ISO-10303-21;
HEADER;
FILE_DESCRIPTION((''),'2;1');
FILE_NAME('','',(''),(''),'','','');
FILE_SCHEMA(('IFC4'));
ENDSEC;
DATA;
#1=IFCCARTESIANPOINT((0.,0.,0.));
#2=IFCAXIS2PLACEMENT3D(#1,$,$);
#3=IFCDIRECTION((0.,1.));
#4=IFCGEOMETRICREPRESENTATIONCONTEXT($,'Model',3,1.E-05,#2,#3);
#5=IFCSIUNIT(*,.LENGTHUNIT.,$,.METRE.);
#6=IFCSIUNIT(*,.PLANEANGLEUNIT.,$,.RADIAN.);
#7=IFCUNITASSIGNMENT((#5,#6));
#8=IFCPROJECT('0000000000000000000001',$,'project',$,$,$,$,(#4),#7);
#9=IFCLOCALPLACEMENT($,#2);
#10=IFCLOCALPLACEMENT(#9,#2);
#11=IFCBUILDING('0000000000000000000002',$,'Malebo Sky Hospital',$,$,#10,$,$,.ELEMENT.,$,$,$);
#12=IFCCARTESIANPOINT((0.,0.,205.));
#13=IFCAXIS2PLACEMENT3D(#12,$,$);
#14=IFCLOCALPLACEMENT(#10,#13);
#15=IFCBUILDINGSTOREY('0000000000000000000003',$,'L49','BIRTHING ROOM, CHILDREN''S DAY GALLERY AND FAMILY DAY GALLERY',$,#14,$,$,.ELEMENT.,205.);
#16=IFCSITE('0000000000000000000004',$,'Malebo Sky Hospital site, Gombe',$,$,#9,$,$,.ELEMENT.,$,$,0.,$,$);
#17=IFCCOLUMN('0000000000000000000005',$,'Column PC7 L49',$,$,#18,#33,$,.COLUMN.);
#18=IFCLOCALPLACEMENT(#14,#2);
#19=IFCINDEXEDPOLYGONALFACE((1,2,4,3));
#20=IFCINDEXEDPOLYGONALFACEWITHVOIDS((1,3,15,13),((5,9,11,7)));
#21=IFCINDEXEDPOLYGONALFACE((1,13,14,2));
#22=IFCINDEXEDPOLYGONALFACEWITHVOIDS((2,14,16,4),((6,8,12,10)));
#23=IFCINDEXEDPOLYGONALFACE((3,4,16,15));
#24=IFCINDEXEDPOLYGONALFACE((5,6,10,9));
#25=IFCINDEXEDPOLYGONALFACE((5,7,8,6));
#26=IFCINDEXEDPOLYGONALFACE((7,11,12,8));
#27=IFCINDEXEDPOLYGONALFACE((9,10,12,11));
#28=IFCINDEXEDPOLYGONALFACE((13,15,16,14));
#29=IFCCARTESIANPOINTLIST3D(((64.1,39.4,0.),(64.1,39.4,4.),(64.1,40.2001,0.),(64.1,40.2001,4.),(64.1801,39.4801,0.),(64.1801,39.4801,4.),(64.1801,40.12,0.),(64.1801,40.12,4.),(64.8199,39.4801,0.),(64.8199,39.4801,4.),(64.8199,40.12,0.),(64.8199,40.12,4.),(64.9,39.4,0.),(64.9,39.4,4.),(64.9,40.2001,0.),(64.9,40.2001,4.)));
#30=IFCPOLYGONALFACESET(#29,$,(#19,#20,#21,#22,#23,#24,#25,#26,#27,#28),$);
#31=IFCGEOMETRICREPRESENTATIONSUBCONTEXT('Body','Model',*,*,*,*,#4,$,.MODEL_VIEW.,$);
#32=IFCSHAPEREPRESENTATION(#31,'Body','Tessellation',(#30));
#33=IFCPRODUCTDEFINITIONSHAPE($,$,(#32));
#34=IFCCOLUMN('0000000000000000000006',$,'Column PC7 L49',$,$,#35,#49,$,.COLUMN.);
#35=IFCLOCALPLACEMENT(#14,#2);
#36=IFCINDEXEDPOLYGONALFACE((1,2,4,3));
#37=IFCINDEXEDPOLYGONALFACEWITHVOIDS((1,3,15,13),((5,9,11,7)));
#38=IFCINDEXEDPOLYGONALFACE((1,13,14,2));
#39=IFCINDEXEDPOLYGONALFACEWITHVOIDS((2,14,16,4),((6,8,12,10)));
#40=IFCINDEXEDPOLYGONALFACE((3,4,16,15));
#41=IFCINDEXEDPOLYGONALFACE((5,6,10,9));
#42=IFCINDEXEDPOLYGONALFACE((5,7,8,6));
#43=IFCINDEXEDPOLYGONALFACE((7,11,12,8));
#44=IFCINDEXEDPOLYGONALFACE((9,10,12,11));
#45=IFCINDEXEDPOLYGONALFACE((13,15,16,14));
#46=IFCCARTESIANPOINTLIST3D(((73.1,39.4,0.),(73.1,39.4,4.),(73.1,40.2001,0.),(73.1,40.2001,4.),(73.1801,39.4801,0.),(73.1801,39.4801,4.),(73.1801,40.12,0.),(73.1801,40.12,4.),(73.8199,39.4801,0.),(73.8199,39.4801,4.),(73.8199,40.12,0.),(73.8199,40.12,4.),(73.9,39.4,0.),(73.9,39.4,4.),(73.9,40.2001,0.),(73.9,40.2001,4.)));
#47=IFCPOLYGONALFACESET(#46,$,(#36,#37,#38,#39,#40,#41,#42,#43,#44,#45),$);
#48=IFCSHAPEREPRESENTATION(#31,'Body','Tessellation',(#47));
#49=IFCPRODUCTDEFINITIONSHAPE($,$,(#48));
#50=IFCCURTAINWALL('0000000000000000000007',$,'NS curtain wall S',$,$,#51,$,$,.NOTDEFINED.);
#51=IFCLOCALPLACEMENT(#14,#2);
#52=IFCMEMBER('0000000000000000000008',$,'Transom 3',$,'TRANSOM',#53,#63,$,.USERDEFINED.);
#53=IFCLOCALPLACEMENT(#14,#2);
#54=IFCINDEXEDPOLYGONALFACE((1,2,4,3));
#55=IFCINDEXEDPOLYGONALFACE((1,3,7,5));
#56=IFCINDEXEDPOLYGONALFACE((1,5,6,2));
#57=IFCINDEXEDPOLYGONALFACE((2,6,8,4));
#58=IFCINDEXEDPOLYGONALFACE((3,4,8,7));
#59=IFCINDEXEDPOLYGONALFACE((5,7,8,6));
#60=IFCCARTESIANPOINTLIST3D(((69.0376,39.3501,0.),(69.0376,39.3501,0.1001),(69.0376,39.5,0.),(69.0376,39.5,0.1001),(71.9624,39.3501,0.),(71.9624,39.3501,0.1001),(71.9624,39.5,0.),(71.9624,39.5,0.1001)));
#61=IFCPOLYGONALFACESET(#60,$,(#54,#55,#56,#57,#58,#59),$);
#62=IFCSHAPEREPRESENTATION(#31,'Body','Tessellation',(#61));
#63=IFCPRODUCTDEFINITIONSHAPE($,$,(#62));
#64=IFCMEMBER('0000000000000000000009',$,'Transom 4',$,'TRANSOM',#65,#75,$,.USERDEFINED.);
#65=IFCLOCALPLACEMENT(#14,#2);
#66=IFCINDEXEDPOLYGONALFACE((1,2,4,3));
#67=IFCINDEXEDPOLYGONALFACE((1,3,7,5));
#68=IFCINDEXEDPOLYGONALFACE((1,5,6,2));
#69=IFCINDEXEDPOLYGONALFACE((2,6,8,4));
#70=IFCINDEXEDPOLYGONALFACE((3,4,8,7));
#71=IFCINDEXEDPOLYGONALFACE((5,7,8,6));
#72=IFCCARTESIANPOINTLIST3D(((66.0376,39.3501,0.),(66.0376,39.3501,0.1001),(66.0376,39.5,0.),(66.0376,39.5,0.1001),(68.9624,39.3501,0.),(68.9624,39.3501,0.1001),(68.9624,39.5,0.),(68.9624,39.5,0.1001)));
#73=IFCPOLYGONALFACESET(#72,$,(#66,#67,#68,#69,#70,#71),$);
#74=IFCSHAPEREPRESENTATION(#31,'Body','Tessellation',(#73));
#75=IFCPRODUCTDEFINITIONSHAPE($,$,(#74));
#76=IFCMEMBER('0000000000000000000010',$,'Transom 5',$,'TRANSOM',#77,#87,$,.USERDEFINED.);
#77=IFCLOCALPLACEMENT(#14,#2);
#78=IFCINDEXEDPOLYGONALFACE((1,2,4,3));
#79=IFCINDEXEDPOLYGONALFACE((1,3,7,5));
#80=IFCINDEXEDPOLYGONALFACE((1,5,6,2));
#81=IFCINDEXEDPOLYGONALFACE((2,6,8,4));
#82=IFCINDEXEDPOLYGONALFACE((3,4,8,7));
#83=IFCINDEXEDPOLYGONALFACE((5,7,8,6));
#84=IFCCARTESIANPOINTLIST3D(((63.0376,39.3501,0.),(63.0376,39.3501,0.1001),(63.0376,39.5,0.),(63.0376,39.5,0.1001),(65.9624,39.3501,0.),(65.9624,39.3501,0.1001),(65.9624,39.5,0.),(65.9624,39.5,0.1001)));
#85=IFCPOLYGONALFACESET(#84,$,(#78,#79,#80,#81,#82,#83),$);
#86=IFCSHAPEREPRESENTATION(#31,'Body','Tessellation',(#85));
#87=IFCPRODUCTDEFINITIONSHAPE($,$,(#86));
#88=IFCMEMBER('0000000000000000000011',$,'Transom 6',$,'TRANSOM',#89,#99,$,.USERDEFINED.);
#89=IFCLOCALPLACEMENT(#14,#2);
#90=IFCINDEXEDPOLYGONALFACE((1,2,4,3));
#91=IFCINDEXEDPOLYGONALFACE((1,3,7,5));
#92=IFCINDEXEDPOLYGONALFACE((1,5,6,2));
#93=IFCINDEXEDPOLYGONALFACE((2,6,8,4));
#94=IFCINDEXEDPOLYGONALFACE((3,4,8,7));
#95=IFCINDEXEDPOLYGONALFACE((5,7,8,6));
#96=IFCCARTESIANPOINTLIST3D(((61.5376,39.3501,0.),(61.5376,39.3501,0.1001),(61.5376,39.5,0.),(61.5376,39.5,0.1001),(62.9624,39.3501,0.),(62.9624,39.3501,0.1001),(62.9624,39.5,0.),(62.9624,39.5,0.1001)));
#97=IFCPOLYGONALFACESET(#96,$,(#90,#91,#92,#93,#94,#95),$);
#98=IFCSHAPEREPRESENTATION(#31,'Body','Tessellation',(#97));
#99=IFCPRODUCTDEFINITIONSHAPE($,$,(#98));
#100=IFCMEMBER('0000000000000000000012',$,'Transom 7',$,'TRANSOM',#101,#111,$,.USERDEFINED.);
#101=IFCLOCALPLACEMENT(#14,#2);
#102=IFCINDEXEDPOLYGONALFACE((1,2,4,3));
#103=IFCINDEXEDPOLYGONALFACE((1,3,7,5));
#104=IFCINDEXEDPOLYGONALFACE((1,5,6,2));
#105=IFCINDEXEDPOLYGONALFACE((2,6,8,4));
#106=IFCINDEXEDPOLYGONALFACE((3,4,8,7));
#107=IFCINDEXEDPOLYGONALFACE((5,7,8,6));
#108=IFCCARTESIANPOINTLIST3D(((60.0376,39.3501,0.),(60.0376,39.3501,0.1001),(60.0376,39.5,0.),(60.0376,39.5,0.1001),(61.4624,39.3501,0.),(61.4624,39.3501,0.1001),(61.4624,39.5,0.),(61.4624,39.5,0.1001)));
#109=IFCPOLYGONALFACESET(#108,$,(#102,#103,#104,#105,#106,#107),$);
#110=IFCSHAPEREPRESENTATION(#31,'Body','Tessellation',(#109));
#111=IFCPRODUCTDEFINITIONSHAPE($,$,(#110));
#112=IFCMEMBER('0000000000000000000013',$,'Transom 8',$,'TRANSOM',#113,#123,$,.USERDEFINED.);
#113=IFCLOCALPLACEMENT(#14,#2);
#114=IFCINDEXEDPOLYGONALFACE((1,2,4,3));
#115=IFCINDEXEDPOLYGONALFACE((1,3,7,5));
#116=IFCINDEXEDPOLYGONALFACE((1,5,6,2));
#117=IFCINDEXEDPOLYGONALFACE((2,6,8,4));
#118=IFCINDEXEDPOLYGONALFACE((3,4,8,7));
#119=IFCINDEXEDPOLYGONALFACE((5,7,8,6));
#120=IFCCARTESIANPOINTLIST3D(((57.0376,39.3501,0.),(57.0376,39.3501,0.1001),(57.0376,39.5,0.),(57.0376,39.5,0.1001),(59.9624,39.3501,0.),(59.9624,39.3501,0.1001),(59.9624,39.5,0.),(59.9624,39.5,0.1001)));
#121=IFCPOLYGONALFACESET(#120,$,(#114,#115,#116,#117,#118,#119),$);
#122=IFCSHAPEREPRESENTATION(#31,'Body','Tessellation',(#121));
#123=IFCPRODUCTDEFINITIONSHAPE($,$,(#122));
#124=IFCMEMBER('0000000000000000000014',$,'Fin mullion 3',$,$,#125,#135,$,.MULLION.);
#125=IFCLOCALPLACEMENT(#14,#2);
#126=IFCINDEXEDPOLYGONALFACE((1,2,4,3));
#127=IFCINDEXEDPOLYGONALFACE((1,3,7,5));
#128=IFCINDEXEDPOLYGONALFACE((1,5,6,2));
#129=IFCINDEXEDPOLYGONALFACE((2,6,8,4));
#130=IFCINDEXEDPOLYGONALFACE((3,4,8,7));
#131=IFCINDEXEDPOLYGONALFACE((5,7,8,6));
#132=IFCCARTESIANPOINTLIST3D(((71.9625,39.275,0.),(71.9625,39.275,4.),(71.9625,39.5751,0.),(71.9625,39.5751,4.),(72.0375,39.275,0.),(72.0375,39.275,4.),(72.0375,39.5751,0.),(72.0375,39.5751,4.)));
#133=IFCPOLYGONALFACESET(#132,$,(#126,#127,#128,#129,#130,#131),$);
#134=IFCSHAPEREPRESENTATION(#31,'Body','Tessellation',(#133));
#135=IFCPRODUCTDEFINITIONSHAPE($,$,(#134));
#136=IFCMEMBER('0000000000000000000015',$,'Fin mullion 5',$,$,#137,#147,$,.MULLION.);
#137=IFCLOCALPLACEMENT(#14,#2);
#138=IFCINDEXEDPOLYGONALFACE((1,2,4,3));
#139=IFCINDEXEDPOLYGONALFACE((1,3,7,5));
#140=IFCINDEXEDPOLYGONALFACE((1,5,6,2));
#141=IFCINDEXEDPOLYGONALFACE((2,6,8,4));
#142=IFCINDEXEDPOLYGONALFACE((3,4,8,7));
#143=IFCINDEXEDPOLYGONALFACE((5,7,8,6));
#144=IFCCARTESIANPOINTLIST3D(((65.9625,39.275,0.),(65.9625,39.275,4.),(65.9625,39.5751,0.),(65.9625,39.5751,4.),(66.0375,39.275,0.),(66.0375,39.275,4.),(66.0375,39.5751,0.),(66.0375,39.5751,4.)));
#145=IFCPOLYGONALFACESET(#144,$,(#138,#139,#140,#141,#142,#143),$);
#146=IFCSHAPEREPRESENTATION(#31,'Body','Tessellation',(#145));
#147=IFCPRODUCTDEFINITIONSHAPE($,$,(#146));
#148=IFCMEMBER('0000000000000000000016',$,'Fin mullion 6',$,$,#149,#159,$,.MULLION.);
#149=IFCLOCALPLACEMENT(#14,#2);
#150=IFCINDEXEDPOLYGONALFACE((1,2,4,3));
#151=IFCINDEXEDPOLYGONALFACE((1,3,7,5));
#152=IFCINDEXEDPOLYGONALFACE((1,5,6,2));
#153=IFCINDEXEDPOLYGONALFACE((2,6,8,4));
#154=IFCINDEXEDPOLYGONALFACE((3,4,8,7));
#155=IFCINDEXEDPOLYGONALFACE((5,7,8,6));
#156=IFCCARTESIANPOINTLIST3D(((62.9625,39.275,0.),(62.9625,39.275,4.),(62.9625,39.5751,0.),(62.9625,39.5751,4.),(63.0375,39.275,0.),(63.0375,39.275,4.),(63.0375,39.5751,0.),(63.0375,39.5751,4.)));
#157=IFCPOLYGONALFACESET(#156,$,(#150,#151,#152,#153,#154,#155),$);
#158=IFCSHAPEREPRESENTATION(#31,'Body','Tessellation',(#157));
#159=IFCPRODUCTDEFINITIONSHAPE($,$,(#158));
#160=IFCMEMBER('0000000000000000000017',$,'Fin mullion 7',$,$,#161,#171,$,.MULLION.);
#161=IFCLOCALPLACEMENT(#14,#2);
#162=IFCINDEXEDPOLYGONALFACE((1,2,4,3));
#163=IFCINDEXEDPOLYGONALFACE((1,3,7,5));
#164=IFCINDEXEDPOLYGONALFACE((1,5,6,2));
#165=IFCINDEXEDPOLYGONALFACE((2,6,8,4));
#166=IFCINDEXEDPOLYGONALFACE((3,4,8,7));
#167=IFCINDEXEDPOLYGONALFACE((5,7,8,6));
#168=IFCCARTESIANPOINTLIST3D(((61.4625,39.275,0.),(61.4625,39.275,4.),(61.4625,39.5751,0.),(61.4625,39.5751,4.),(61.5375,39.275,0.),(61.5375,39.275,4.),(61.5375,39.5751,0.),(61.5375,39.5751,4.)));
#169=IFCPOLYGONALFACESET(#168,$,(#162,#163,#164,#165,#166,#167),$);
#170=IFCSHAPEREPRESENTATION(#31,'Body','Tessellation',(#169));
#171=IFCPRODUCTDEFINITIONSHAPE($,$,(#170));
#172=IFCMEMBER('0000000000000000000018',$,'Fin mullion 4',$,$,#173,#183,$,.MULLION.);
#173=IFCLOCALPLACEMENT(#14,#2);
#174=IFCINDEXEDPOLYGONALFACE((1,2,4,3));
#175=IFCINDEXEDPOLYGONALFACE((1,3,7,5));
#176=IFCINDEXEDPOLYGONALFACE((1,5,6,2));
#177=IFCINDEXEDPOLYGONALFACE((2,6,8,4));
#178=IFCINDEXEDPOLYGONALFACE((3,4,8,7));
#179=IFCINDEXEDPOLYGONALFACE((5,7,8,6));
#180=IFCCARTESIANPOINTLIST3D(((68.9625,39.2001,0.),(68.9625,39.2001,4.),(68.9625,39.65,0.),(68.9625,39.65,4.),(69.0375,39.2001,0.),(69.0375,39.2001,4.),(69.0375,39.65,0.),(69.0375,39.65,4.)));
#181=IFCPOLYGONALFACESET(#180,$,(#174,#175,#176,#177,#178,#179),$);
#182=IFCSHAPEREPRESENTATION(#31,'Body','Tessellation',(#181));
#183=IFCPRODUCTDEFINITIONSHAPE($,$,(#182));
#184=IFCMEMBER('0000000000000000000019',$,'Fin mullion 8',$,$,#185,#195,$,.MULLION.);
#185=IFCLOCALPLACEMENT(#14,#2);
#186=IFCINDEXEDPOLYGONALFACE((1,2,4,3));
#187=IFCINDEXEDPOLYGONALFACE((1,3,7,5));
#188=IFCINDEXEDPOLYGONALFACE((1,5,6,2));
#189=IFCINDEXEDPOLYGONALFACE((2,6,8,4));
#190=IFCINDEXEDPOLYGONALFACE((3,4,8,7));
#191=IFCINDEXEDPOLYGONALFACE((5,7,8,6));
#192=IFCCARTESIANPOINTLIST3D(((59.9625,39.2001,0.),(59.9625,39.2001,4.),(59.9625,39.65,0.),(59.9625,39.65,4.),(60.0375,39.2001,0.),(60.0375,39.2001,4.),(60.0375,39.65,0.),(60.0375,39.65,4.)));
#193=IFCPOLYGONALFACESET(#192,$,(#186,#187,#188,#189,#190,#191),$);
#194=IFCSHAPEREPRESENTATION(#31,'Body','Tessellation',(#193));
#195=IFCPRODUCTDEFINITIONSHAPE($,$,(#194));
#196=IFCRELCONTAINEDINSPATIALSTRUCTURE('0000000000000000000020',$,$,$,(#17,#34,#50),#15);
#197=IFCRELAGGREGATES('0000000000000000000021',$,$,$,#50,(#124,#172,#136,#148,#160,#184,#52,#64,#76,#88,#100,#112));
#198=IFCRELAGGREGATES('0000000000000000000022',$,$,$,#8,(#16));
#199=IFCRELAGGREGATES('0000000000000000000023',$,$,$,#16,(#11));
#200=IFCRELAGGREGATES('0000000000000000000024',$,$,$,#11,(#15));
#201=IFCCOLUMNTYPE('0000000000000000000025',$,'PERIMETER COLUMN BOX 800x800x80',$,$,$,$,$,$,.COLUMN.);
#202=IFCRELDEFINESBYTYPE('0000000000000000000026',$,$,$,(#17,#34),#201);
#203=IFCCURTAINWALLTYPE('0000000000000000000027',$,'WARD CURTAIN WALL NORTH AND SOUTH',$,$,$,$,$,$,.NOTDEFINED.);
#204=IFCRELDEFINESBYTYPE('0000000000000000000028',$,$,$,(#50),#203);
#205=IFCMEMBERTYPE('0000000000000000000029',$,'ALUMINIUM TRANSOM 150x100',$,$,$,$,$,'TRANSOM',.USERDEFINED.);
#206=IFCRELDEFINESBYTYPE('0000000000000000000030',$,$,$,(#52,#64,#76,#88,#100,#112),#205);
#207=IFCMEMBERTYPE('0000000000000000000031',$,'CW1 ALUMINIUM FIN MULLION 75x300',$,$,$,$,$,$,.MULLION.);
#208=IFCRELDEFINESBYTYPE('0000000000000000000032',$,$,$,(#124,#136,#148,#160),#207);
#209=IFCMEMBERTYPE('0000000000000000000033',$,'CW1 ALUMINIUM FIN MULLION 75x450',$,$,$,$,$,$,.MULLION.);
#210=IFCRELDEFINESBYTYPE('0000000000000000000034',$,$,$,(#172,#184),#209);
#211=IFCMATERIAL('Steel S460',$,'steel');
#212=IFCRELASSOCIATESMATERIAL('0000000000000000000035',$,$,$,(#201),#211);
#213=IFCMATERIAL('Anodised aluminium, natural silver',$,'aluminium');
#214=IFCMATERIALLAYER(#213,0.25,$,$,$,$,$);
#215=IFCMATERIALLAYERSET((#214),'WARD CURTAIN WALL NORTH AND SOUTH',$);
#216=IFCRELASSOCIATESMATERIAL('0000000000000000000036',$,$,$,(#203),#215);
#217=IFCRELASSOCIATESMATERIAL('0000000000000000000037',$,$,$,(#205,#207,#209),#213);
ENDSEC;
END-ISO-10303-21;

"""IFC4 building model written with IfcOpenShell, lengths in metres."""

from ifc_helpers import new_model, si_unit, direction, frame, origin, origin_2d, place, context, subcontext, project, spatial, rectangle, hollow_rectangle, extrude, material, layer, layer_set, material_profile, profile_set, type_object, element, aggregate, save


model = new_model("IFC4")

# Units and contexts
model_context = context("Model", 3, precision=1e-05, world=origin(), true_north=direction((0.0, 1.0)))
body_context = subcontext(model_context, "Body", "Model", "MODEL_VIEW")
ifc_project = project(units=[si_unit("LENGTHUNIT", "METRE"), si_unit("PLANEANGLEUNIT", "RADIAN")], contexts=[model_context])

# Site, building, storey
site_placement = place(None, origin())
site = spatial("IfcSite", under=ifc_project, at=site_placement, Name="Malebo Sky Hospital site, Gombe", CompositionType="ELEMENT", RefElevation=0.0)
building_placement = place(site_placement, origin())
building = spatial("IfcBuilding", under=site, at=building_placement, Name="Malebo Sky Hospital", CompositionType="ELEMENT")
storey_placement = place(building_placement, frame((0.0, 0.0, 205.0)))
storey = spatial("IfcBuildingStorey", under=building, at=storey_placement, Name="L49", Description="BIRTHING ROOM, CHILDREN'S DAY GALLERY AND FAMILY DAY GALLERY", CompositionType="ELEMENT", Elevation=205.0)

# Columns
ifc_material_1 = material(Name="Steel S460", Category="steel")
ifc_material_profile_1 = material_profile(ifc_material_1, hollow_rectangle(XDim=0.8, YDim=0.8, WallThickness=0.0801, at=origin_2d()), Name="BOX 800x800x80")
ifc_profile_set_1 = profile_set([ifc_material_profile_1], Name="Steel S460")
column_type = type_object("IfcColumnType", Name="PERIMETER COLUMN BOX 800x800x80", PredefinedType="COLUMN", material=ifc_profile_set_1)
for number, where, z_axis, x_axis, name in (
    (1, (64.5, 39.8, 0.0), (0.0, 0.0, 1.0), (1.0, 0.0, 0.0), "Column PC7 L49"),
    (2, (73.5, 39.8, 0.0), (0.0, 0.0, 1.0), (1.0, 0.0, 0.0), "Column PC7 L49"),
):
    element("IfcColumn", number, at=place(storey_placement, frame(where, z_axis=z_axis, x_axis=x_axis)), inside=storey, type_object=column_type, Name=name, PredefinedType="COLUMN", context=body_context, shape_type="SweptSolid", body=[
        extrude(hollow_rectangle(XDim=0.8, YDim=0.8, WallThickness=0.0801, at=origin_2d()), origin(), (0.0, 0.0, 1.0), 4.0),
    ])

# Curtain wall, members
ifc_material_2 = material(Name="Anodised aluminium, natural silver", Category="aluminium")
ifc_layer_1 = layer(ifc_material_2, 0.25)
ifc_layer_set_1 = layer_set([ifc_layer_1], Name="WARD CURTAIN WALL NORTH AND SOUTH")
curtain_wall_type = type_object("IfcCurtainWallType", Name="WARD CURTAIN WALL NORTH AND SOUTH", PredefinedType="NOTDEFINED", material=ifc_layer_set_1)
curtain_wall_placement = place(storey_placement, origin())
curtain_wall = element("IfcCurtainWall", 3, at=curtain_wall_placement, inside=storey, type_object=curtain_wall_type, Name="NS curtain wall S", PredefinedType="NOTDEFINED")
ifc_material_profile_2 = material_profile(ifc_material_2, rectangle(XDim=0.1499, YDim=0.1001, at=origin_2d()), Name="ALUMINIUM TRANSOM 150x100")
ifc_profile_set_2 = profile_set([ifc_material_profile_2], Name="Anodised aluminium, natural silver")
member_type_1 = type_object("IfcMemberType", Name="ALUMINIUM TRANSOM 150x100", ElementType="TRANSOM", PredefinedType="USERDEFINED", material=ifc_profile_set_2)
member_1_placement = place(storey_placement, frame((71.9624, 39.425, 0.05), z_axis=(-1.0, 0.0, 0.0), x_axis=(0.0, -1.0, 0.0)))
member_1 = element("IfcMember", 4, at=member_1_placement, type_object=member_type_1, Name="Transom 3", ObjectType="TRANSOM", PredefinedType="USERDEFINED", context=body_context, shape_type="SweptSolid", body=[
    extrude(rectangle(XDim=0.1499, YDim=0.1001, at=origin_2d()), origin(), (0.0, 0.0, 1.0), 2.9248),
])
member_2_placement = place(storey_placement, frame((68.9624, 39.425, 0.05), z_axis=(-1.0, 0.0, 0.0), x_axis=(0.0, -1.0, 0.0)))
member_2 = element("IfcMember", 5, at=member_2_placement, type_object=member_type_1, Name="Transom 4", ObjectType="TRANSOM", PredefinedType="USERDEFINED", context=body_context, shape_type="SweptSolid", body=[
    extrude(rectangle(XDim=0.1499, YDim=0.1001, at=origin_2d()), origin(), (0.0, 0.0, 1.0), 2.9248),
])
member_3_placement = place(storey_placement, frame((65.9624, 39.425, 0.05), z_axis=(-1.0, 0.0, 0.0), x_axis=(0.0, -1.0, 0.0)))
member_3 = element("IfcMember", 6, at=member_3_placement, type_object=member_type_1, Name="Transom 5", ObjectType="TRANSOM", PredefinedType="USERDEFINED", context=body_context, shape_type="SweptSolid", body=[
    extrude(rectangle(XDim=0.1499, YDim=0.1001, at=origin_2d()), origin(), (0.0, 0.0, 1.0), 2.9248),
])
member_4_placement = place(storey_placement, frame((62.9624, 39.425, 0.05), z_axis=(-1.0, 0.0, 0.0), x_axis=(0.0, -1.0, 0.0)))
member_4 = element("IfcMember", 7, at=member_4_placement, type_object=member_type_1, Name="Transom 6", ObjectType="TRANSOM", PredefinedType="USERDEFINED", context=body_context, shape_type="SweptSolid", body=[
    extrude(rectangle(XDim=0.1499, YDim=0.1001, at=origin_2d()), origin(), (0.0, 0.0, 1.0), 1.4248),
])
member_5_placement = place(storey_placement, frame((61.4624, 39.425, 0.05), z_axis=(-1.0, 0.0, 0.0), x_axis=(0.0, -1.0, 0.0)))
member_5 = element("IfcMember", 8, at=member_5_placement, type_object=member_type_1, Name="Transom 7", ObjectType="TRANSOM", PredefinedType="USERDEFINED", context=body_context, shape_type="SweptSolid", body=[
    extrude(rectangle(XDim=0.1499, YDim=0.1001, at=origin_2d()), origin(), (0.0, 0.0, 1.0), 1.4248),
])
member_6_placement = place(storey_placement, frame((59.9624, 39.425, 0.05), z_axis=(-1.0, 0.0, 0.0), x_axis=(0.0, -1.0, 0.0)))
member_6 = element("IfcMember", 9, at=member_6_placement, type_object=member_type_1, Name="Transom 8", ObjectType="TRANSOM", PredefinedType="USERDEFINED", context=body_context, shape_type="SweptSolid", body=[
    extrude(rectangle(XDim=0.1499, YDim=0.1001, at=origin_2d()), origin(), (0.0, 0.0, 1.0), 2.9248),
])
ifc_material_profile_3 = material_profile(ifc_material_2, rectangle(XDim=0.075, YDim=0.3, at=origin_2d()), Name="CW1 ALUMINIUM FIN MULLION 75x300")
ifc_profile_set_3 = profile_set([ifc_material_profile_3], Name="Anodised aluminium, natural silver")
member_type_2 = type_object("IfcMemberType", Name="CW1 ALUMINIUM FIN MULLION 75x300", PredefinedType="MULLION", material=ifc_profile_set_3)
member_7_placement = place(storey_placement, frame((72.0, 39.425, 0.0), z_axis=(0.0, 0.0, 1.0), x_axis=(-1.0, 0.0, 0.0)))
member_7 = element("IfcMember", 10, at=member_7_placement, type_object=member_type_2, Name="Fin mullion 3", PredefinedType="MULLION", context=body_context, shape_type="SweptSolid", body=[
    extrude(rectangle(XDim=0.075, YDim=0.3, at=origin_2d()), origin(), (0.0, 0.0, 1.0), 4.0),
])
member_8_placement = place(storey_placement, frame((66.0, 39.425, 0.0), z_axis=(0.0, 0.0, 1.0), x_axis=(-1.0, 0.0, 0.0)))
member_8 = element("IfcMember", 11, at=member_8_placement, type_object=member_type_2, Name="Fin mullion 5", PredefinedType="MULLION", context=body_context, shape_type="SweptSolid", body=[
    extrude(rectangle(XDim=0.075, YDim=0.3, at=origin_2d()), origin(), (0.0, 0.0, 1.0), 4.0),
])
member_9_placement = place(storey_placement, frame((63.0, 39.425, 0.0), z_axis=(0.0, 0.0, 1.0), x_axis=(-1.0, 0.0, 0.0)))
member_9 = element("IfcMember", 12, at=member_9_placement, type_object=member_type_2, Name="Fin mullion 6", PredefinedType="MULLION", context=body_context, shape_type="SweptSolid", body=[
    extrude(rectangle(XDim=0.075, YDim=0.3, at=origin_2d()), origin(), (0.0, 0.0, 1.0), 4.0),
])
member_10_placement = place(storey_placement, frame((61.5, 39.425, 0.0), z_axis=(0.0, 0.0, 1.0), x_axis=(-1.0, 0.0, 0.0)))
member_10 = element("IfcMember", 13, at=member_10_placement, type_object=member_type_2, Name="Fin mullion 7", PredefinedType="MULLION", context=body_context, shape_type="SweptSolid", body=[
    extrude(rectangle(XDim=0.075, YDim=0.3, at=origin_2d()), origin(), (0.0, 0.0, 1.0), 4.0),
])
ifc_material_profile_4 = material_profile(ifc_material_2, rectangle(XDim=0.075, YDim=0.45, at=origin_2d()), Name="CW1 ALUMINIUM FIN MULLION 75x450")
ifc_profile_set_4 = profile_set([ifc_material_profile_4], Name="Anodised aluminium, natural silver")
member_type_3 = type_object("IfcMemberType", Name="CW1 ALUMINIUM FIN MULLION 75x450", PredefinedType="MULLION", material=ifc_profile_set_4)
member_11_placement = place(storey_placement, frame((69.0, 39.425, 0.0), z_axis=(0.0, 0.0, 1.0), x_axis=(-1.0, 0.0, 0.0)))
member_11 = element("IfcMember", 14, at=member_11_placement, type_object=member_type_3, Name="Fin mullion 4", PredefinedType="MULLION", context=body_context, shape_type="SweptSolid", body=[
    extrude(rectangle(XDim=0.075, YDim=0.45, at=origin_2d()), origin(), (0.0, 0.0, 1.0), 4.0),
])
member_12_placement = place(storey_placement, frame((60.0, 39.425, 0.0), z_axis=(0.0, 0.0, 1.0), x_axis=(-1.0, 0.0, 0.0)))
member_12 = element("IfcMember", 15, at=member_12_placement, type_object=member_type_3, Name="Fin mullion 8", PredefinedType="MULLION", context=body_context, shape_type="SweptSolid", body=[
    extrude(rectangle(XDim=0.075, YDim=0.45, at=origin_2d()), origin(), (0.0, 0.0, 1.0), 4.0),
])

aggregate(curtain_wall, [member_7, member_11, member_8, member_9, member_10, member_12, member_1, member_2, member_3, member_4, member_5, member_6])

save(model, "model.ifc")
